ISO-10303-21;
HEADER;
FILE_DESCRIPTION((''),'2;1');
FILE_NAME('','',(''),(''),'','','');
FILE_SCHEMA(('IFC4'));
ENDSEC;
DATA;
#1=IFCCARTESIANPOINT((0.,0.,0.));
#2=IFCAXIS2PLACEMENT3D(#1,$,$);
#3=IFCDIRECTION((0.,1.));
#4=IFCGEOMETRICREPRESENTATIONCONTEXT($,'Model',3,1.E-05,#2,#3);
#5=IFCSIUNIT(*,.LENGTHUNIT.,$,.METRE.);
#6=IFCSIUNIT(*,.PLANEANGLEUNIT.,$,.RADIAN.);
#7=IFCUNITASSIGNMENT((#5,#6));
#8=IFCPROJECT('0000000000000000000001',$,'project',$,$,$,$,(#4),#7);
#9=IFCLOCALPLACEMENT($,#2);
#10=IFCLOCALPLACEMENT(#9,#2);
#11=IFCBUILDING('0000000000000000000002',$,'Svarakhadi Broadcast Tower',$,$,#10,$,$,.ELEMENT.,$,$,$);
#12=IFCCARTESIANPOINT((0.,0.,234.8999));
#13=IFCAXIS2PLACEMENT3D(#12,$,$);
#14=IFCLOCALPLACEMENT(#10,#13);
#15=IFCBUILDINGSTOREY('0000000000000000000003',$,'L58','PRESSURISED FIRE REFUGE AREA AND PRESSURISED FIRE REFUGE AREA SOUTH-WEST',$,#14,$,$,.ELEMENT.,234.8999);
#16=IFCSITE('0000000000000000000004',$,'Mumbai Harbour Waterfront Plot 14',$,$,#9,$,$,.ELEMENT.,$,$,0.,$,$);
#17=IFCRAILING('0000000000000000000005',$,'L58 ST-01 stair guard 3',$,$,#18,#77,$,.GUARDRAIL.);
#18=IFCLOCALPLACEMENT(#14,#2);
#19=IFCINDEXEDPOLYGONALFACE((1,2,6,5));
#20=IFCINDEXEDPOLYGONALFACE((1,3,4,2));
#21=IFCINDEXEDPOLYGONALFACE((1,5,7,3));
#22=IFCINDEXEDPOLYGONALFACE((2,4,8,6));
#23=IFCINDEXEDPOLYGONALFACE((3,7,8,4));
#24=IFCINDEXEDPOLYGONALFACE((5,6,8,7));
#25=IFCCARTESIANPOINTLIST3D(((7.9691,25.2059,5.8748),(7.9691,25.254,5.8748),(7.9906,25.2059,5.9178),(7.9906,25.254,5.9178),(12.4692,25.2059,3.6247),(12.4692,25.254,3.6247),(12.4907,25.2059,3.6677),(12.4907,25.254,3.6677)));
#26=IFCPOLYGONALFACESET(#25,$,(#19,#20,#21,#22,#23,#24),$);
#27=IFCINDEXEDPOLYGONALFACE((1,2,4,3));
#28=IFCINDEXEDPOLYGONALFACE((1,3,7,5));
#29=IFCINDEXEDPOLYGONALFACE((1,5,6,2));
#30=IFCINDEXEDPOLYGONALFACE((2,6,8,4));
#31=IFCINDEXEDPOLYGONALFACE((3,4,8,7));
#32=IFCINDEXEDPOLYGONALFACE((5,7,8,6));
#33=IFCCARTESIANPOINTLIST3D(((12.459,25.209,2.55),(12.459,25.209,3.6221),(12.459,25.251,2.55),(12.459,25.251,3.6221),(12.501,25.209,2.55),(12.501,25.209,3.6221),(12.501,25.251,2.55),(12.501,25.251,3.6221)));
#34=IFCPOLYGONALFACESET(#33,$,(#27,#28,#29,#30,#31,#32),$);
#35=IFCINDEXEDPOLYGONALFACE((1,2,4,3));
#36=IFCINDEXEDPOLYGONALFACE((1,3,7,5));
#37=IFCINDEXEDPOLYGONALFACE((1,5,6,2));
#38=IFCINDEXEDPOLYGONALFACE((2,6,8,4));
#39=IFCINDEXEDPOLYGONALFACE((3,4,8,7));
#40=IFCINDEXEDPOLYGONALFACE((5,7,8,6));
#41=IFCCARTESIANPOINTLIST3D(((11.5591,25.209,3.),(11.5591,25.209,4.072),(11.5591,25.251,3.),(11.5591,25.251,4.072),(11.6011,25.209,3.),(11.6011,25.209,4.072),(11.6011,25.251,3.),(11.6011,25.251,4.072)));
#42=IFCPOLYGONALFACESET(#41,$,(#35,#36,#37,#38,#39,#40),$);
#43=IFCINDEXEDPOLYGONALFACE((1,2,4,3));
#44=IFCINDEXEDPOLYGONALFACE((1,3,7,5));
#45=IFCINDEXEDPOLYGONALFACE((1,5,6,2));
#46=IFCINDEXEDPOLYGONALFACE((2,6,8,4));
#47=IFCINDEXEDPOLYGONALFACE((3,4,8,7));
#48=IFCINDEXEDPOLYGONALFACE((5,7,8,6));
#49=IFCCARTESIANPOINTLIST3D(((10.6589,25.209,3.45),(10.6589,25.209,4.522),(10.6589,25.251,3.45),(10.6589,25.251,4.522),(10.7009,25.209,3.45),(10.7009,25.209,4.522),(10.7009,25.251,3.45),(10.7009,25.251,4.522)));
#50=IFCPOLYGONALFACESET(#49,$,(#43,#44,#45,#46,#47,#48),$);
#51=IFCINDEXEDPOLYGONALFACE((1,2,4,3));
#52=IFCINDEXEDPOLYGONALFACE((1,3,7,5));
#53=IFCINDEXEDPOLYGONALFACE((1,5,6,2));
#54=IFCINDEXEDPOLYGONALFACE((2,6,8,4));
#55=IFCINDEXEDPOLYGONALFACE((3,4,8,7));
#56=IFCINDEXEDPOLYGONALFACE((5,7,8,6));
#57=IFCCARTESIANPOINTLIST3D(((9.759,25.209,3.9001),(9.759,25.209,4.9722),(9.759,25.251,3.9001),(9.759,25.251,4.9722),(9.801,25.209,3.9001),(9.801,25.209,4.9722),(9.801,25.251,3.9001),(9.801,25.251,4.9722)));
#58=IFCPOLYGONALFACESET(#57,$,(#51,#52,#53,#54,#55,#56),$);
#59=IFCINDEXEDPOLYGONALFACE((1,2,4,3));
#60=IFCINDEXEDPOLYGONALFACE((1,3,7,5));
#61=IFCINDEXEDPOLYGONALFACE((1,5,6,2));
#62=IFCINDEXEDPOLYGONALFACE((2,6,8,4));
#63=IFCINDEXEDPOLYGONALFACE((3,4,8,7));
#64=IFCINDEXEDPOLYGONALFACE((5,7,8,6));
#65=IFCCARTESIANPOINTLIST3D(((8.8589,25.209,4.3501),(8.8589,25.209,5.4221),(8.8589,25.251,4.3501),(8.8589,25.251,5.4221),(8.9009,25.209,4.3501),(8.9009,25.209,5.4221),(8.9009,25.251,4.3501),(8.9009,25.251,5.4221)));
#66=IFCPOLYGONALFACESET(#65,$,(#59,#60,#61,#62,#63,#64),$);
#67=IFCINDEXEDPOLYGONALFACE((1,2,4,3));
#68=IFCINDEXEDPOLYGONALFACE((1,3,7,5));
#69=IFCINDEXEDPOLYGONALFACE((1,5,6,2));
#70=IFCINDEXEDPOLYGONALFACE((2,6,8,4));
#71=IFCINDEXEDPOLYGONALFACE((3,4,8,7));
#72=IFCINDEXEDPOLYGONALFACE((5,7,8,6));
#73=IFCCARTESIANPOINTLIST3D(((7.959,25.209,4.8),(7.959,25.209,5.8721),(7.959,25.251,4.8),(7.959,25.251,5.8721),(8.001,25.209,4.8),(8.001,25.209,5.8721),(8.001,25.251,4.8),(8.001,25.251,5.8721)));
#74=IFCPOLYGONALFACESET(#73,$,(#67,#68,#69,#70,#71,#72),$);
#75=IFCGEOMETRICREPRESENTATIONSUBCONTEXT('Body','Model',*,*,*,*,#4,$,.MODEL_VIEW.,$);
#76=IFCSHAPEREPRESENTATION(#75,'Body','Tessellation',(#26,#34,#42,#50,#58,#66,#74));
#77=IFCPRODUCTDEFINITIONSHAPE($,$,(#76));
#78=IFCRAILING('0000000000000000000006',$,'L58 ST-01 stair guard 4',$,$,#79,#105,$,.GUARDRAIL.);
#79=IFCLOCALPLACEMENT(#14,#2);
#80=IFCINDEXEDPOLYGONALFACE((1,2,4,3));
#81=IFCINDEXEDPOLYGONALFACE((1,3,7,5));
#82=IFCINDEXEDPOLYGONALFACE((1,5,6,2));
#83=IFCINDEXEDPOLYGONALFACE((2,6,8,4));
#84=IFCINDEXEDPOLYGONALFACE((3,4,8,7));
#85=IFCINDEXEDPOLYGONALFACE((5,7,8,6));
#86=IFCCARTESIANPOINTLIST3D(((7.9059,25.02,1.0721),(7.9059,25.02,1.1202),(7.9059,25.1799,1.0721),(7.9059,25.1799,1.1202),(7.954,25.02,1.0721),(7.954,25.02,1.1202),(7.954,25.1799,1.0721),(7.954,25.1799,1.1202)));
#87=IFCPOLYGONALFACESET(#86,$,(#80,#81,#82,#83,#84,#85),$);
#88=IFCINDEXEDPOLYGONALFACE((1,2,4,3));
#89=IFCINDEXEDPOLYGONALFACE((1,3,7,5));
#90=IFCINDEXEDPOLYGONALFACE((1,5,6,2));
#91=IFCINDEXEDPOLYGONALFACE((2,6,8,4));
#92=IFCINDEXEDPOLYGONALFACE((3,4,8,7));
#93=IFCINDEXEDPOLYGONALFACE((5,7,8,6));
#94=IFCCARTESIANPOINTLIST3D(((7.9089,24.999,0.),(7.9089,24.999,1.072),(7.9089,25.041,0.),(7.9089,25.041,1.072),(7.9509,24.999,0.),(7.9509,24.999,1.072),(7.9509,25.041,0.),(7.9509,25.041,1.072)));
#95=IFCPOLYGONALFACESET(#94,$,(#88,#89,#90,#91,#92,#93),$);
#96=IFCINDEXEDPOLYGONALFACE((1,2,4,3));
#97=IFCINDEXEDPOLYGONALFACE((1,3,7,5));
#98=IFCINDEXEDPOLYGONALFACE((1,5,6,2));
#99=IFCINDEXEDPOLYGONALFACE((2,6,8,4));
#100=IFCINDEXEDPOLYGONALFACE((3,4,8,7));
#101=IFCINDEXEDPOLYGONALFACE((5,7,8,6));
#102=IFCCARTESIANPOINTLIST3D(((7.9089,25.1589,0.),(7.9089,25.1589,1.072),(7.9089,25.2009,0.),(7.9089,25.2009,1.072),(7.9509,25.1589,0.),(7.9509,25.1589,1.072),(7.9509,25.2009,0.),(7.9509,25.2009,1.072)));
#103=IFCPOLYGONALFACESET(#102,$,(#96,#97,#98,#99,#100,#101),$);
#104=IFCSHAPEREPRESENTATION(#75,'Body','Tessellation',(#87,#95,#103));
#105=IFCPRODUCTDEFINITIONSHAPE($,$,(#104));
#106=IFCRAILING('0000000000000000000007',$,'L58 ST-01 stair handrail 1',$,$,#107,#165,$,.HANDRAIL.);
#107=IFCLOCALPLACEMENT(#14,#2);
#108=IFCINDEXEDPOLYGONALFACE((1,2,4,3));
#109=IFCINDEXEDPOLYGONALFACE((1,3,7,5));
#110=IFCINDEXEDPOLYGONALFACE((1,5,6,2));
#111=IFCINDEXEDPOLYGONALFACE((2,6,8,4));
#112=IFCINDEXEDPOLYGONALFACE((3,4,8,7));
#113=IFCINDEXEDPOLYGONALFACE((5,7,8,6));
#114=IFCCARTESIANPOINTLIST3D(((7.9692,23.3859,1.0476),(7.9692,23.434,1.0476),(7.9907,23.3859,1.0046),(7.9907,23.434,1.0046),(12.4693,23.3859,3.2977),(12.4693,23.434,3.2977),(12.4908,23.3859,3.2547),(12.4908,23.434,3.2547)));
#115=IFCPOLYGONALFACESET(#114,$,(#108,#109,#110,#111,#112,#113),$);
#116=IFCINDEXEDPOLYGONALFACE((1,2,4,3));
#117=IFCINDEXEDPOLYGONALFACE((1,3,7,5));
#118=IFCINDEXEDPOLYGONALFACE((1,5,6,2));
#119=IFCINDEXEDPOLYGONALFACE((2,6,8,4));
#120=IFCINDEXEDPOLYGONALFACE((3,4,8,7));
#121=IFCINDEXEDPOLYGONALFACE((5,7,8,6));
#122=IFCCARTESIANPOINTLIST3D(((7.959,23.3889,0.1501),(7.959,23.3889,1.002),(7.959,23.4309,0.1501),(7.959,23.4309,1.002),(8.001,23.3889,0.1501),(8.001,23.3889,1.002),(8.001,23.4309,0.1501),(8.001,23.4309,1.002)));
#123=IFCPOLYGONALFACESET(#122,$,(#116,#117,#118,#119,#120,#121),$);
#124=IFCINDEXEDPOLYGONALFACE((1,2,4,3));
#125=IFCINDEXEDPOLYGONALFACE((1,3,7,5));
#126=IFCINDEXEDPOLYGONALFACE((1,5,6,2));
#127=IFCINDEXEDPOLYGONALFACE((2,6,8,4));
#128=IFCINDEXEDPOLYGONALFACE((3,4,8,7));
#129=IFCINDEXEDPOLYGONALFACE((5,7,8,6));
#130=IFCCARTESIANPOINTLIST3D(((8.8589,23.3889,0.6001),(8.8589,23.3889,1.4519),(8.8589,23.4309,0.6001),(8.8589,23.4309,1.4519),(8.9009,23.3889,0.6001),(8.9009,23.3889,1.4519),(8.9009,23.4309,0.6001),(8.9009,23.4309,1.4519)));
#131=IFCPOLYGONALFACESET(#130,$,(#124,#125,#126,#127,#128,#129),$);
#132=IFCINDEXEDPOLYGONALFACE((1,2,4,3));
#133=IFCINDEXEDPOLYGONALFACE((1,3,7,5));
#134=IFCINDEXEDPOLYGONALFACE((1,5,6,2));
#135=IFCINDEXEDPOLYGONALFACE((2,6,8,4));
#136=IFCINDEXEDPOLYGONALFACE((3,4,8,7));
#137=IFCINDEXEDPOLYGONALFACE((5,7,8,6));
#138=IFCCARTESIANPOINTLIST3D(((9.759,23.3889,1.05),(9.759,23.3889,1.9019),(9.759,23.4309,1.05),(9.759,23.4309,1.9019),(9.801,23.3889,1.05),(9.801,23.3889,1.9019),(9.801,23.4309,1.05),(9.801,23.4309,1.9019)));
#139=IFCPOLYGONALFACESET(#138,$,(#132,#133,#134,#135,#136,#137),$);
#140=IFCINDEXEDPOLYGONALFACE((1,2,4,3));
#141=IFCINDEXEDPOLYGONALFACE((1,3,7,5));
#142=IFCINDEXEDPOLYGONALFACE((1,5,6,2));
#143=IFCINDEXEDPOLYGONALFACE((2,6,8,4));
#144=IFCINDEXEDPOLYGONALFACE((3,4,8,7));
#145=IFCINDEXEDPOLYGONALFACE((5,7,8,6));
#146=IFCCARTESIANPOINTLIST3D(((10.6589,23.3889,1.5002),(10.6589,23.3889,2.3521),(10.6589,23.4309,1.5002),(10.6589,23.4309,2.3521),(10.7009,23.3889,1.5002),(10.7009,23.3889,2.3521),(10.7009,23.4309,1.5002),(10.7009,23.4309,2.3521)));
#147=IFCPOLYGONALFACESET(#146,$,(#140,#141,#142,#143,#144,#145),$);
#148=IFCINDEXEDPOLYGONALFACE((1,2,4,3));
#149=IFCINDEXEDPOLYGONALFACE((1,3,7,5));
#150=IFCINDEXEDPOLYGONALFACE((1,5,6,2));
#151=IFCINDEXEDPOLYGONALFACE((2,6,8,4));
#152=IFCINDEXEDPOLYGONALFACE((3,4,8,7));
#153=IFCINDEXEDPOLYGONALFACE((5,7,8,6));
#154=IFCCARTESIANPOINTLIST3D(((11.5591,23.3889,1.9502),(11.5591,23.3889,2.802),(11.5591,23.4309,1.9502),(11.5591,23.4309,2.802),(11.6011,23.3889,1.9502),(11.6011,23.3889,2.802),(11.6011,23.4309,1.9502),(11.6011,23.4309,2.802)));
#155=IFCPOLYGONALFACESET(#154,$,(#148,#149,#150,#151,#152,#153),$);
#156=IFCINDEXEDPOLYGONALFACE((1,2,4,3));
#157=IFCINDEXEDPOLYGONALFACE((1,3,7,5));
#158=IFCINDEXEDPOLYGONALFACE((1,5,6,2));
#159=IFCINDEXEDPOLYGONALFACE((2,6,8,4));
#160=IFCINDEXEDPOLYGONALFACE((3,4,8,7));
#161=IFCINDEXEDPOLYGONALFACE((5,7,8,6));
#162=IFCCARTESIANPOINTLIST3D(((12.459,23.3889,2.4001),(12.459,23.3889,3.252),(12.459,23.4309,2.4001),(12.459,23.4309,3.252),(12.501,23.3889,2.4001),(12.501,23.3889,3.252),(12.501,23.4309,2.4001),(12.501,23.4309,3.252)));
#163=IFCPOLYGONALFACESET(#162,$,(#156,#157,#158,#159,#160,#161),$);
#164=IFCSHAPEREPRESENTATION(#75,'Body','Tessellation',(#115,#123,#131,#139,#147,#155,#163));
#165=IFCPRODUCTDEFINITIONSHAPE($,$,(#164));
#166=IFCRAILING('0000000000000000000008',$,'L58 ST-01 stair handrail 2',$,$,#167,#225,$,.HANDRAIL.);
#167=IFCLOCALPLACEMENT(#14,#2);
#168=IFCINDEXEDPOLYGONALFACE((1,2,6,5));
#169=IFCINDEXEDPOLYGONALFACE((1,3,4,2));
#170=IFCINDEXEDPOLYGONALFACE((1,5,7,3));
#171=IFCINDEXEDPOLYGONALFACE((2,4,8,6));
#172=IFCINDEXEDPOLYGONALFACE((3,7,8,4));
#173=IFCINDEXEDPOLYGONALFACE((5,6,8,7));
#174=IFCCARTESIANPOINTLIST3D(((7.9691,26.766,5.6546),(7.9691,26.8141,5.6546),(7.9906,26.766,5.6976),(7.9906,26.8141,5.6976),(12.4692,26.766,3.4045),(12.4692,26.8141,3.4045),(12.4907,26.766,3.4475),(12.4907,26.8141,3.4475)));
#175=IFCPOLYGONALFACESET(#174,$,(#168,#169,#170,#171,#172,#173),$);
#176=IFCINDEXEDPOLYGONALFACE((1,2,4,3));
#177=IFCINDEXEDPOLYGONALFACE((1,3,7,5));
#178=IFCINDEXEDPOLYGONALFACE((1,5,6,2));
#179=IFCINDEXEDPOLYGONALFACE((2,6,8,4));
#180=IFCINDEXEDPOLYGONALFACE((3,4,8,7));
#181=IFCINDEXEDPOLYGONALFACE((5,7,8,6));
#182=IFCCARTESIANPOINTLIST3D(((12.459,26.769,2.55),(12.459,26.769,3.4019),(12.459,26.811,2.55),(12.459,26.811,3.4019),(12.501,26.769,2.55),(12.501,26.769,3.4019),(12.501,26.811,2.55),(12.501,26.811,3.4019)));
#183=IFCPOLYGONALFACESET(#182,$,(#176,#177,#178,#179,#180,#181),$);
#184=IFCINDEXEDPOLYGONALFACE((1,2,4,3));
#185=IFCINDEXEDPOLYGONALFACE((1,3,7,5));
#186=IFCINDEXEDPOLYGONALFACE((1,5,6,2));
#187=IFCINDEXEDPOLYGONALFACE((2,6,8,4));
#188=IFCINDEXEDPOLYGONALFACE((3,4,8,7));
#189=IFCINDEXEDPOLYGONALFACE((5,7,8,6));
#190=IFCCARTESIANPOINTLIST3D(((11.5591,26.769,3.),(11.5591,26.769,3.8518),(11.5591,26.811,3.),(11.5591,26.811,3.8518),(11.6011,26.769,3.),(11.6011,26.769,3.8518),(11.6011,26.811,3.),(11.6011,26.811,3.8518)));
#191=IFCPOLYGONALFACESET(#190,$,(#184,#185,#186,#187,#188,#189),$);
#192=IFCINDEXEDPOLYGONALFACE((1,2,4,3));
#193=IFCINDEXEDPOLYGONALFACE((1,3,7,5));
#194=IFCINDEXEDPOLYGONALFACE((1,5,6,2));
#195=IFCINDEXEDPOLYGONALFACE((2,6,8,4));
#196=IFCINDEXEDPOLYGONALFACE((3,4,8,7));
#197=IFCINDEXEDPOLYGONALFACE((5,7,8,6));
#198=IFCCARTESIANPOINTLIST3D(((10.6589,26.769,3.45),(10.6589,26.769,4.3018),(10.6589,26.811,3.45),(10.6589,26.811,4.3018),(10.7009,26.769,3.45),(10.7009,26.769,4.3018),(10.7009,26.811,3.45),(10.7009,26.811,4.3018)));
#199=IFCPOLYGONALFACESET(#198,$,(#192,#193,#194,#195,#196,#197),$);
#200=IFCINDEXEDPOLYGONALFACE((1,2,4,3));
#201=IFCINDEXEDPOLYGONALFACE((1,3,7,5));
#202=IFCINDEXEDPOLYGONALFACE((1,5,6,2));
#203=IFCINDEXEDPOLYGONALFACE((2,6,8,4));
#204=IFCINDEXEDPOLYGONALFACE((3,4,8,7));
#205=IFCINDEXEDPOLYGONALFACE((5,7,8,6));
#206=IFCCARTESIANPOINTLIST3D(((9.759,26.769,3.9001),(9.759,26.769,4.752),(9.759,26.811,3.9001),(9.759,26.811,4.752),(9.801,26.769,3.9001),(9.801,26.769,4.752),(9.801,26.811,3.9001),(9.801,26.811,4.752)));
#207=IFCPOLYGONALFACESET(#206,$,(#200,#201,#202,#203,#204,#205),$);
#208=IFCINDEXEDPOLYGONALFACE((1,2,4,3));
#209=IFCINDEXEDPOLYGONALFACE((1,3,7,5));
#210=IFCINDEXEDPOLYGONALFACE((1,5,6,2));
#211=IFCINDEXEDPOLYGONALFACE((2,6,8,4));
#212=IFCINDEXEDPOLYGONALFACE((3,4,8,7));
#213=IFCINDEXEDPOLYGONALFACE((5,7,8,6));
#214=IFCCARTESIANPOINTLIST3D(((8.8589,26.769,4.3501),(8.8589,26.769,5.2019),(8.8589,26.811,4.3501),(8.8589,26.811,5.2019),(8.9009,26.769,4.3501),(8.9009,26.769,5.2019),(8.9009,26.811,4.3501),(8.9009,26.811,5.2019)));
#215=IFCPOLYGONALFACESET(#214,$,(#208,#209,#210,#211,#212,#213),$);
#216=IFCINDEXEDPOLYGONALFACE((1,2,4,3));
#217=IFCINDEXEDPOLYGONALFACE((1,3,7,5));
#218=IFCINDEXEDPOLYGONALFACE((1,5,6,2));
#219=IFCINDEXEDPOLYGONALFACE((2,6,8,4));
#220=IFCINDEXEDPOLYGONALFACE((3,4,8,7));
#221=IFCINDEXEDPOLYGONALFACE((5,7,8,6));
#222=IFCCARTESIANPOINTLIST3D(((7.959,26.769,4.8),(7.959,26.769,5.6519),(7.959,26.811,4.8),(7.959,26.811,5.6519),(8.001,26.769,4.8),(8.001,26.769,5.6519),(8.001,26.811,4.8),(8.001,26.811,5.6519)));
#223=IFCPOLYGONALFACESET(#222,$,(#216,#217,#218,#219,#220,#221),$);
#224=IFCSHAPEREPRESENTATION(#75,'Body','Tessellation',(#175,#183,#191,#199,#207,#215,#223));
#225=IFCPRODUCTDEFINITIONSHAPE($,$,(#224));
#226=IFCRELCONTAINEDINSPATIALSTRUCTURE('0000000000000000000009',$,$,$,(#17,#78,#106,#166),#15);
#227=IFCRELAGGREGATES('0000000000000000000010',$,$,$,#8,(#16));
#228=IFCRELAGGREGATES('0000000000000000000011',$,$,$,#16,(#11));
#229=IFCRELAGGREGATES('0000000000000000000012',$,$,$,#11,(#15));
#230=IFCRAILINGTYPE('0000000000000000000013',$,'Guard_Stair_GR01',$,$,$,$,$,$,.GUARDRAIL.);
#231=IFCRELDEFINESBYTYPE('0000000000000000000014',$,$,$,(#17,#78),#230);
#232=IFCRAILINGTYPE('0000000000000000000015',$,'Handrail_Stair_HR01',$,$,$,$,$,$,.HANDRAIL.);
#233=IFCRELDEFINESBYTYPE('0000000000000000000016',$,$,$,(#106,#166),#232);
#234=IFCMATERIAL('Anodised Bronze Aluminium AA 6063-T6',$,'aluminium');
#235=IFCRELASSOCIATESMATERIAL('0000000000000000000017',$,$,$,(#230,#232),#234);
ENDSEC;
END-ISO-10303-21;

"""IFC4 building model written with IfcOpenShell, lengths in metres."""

from ifc_helpers import new_model, si_unit, direction, frame, origin, origin_2d, place, context, subcontext, project, spatial, rectangle, extrude, material, type_object, element, save


model = new_model("IFC4")

# Units and contexts
model_context = context("Model", 3, precision=1e-05, world=origin(), true_north=direction((0.0, 1.0)))
body_context = subcontext(model_context, "Body", "Model", "MODEL_VIEW")
ifc_project = project(units=[si_unit("LENGTHUNIT", "METRE"), si_unit("PLANEANGLEUNIT", "RADIAN")], contexts=[model_context])

# Site, building, storey
site_placement = place(None, origin())
site = spatial("IfcSite", under=ifc_project, at=site_placement, Name="Mumbai Harbour Waterfront Plot 14", CompositionType="ELEMENT", RefElevation=0.0)
building_placement = place(site_placement, origin())
building = spatial("IfcBuilding", under=site, at=building_placement, Name="Svarakhadi Broadcast Tower", CompositionType="ELEMENT")
storey_placement = place(building_placement, frame((0.0, 0.0, 234.8999)))
storey = spatial("IfcBuildingStorey", under=building, at=storey_placement, Name="L58", Description="PRESSURISED FIRE REFUGE AREA AND PRESSURISED FIRE REFUGE AREA SOUTH-WEST", CompositionType="ELEMENT", Elevation=234.8999)

# Railings
ifc_material_1 = material(Name="Anodised Bronze Aluminium AA 6063-T6", Category="aluminium")
railing_type_1 = type_object("IfcRailingType", Name="Guard_Stair_GR01", PredefinedType="GUARDRAIL", material=ifc_material_1)
railing_1_placement = place(storey_placement, frame((12.48, 25.23, 2.55)))
element("IfcRailing", 1, at=railing_1_placement, inside=storey, type_object=railing_type_1, Name="L58 ST-01 stair guard 3", PredefinedType="GUARDRAIL", context=body_context, shape_type="SweptSolid", body=[
    extrude(rectangle(XDim=0.0481, YDim=0.0481, at=origin_2d()), frame((0.0, 0.0, 1.0962), z_axis=(-0.894427, 0.0, 0.447214), x_axis=(0.0, -1.0, 0.0)), (0.0, 0.0, 1.0), 5.0312),
    extrude(rectangle(XDim=0.042, YDim=0.042, at=origin_2d()), origin(), (0.0, 0.0, 1.0), 1.072),
    extrude(rectangle(XDim=0.042, YDim=0.042, at=origin_2d()), frame((-0.8999, 0.0, 0.45)), (0.0, 0.0, 1.0), 1.072),
    extrude(rectangle(XDim=0.042, YDim=0.042, at=origin_2d()), frame((-1.8, 0.0, 0.8999)), (0.0, 0.0, 1.0), 1.072),
    extrude(rectangle(XDim=0.042, YDim=0.042, at=origin_2d()), frame((-2.7, 0.0, 1.3501)), (0.0, 0.0, 1.0), 1.072),
    extrude(rectangle(XDim=0.042, YDim=0.042, at=origin_2d()), frame((-3.6001, 0.0, 1.8)), (0.0, 0.0, 1.0), 1.072),
    extrude(rectangle(XDim=0.042, YDim=0.042, at=origin_2d()), frame((-4.5, 0.0, 2.25)), (0.0, 0.0, 1.0), 1.072),
])
railing_2_placement = place(storey_placement, frame((7.9299, 25.02, 0.0)))
element("IfcRailing", 2, at=railing_2_placement, inside=storey, type_object=railing_type_1, Name="L58 ST-01 stair guard 4", PredefinedType="GUARDRAIL", context=body_context, shape_type="SweptSolid", body=[
    extrude(rectangle(XDim=0.0481, YDim=0.0481, at=origin_2d()), frame((0.0, 0.0, 1.0962), z_axis=(0.0, 1.0, 0.0), x_axis=(-1.0, 0.0, 0.0)), (0.0, 0.0, 1.0), 0.1599),
    extrude(rectangle(XDim=0.042, YDim=0.042, at=origin_2d()), origin(), (0.0, 0.0, 1.0), 1.072),
    extrude(rectangle(XDim=0.042, YDim=0.042, at=origin_2d()), frame((0.0, 0.1599, 0.0)), (0.0, 0.0, 1.0), 1.072),
])
railing_type_2 = type_object("IfcRailingType", Name="Handrail_Stair_HR01", PredefinedType="HANDRAIL", material=ifc_material_1)
railing_3_placement = place(storey_placement, frame((7.98, 23.4099, 0.1501)))
element("IfcRailing", 3, at=railing_3_placement, inside=storey, type_object=railing_type_2, Name="L58 ST-01 stair handrail 1", PredefinedType="HANDRAIL", context=body_context, shape_type="SweptSolid", body=[
    extrude(rectangle(XDim=0.0481, YDim=0.0481, at=origin_2d()), frame((0.0, 0.0, 0.876), z_axis=(0.894427, 0.0, 0.447214), x_axis=(0.0, 1.0, 0.0)), (0.0, 0.0, 1.0), 5.0312),
    extrude(rectangle(XDim=0.042, YDim=0.042, at=origin_2d()), origin(), (0.0, 0.0, 1.0), 0.8518),
    extrude(rectangle(XDim=0.042, YDim=0.042, at=origin_2d()), frame((0.8999, 0.0, 0.45)), (0.0, 0.0, 1.0), 0.8518),
    extrude(rectangle(XDim=0.042, YDim=0.042, at=origin_2d()), frame((1.8, 0.0, 0.8999)), (0.0, 0.0, 1.0), 0.8518),
    extrude(rectangle(XDim=0.042, YDim=0.042, at=origin_2d()), frame((2.7, 0.0, 1.3501)), (0.0, 0.0, 1.0), 0.8518),
    extrude(rectangle(XDim=0.042, YDim=0.042, at=origin_2d()), frame((3.6001, 0.0, 1.8)), (0.0, 0.0, 1.0), 0.8518),
    extrude(rectangle(XDim=0.042, YDim=0.042, at=origin_2d()), frame((4.5, 0.0, 2.25)), (0.0, 0.0, 1.0), 0.8518),
])
railing_4_placement = place(storey_placement, frame((12.48, 26.79, 2.55)))
element("IfcRailing", 4, at=railing_4_placement, inside=storey, type_object=railing_type_2, Name="L58 ST-01 stair handrail 2", PredefinedType="HANDRAIL", context=body_context, shape_type="SweptSolid", body=[
    extrude(rectangle(XDim=0.0481, YDim=0.0481, at=origin_2d()), frame((0.0, 0.0, 0.876), z_axis=(-0.894427, 0.0, 0.447214), x_axis=(0.0, -1.0, 0.0)), (0.0, 0.0, 1.0), 5.0312),
    extrude(rectangle(XDim=0.042, YDim=0.042, at=origin_2d()), origin(), (0.0, 0.0, 1.0), 0.8518),
    extrude(rectangle(XDim=0.042, YDim=0.042, at=origin_2d()), frame((-0.8999, 0.0, 0.45)), (0.0, 0.0, 1.0), 0.8518),
    extrude(rectangle(XDim=0.042, YDim=0.042, at=origin_2d()), frame((-1.8, 0.0, 0.8999)), (0.0, 0.0, 1.0), 0.8518),
    extrude(rectangle(XDim=0.042, YDim=0.042, at=origin_2d()), frame((-2.7, 0.0, 1.3501)), (0.0, 0.0, 1.0), 0.8518),
    extrude(rectangle(XDim=0.042, YDim=0.042, at=origin_2d()), frame((-3.6001, 0.0, 1.8)), (0.0, 0.0, 1.0), 0.8518),
    extrude(rectangle(XDim=0.042, YDim=0.042, at=origin_2d()), frame((-4.5, 0.0, 2.25)), (0.0, 0.0, 1.0), 0.8518),
])

save(model, "model.ifc")
